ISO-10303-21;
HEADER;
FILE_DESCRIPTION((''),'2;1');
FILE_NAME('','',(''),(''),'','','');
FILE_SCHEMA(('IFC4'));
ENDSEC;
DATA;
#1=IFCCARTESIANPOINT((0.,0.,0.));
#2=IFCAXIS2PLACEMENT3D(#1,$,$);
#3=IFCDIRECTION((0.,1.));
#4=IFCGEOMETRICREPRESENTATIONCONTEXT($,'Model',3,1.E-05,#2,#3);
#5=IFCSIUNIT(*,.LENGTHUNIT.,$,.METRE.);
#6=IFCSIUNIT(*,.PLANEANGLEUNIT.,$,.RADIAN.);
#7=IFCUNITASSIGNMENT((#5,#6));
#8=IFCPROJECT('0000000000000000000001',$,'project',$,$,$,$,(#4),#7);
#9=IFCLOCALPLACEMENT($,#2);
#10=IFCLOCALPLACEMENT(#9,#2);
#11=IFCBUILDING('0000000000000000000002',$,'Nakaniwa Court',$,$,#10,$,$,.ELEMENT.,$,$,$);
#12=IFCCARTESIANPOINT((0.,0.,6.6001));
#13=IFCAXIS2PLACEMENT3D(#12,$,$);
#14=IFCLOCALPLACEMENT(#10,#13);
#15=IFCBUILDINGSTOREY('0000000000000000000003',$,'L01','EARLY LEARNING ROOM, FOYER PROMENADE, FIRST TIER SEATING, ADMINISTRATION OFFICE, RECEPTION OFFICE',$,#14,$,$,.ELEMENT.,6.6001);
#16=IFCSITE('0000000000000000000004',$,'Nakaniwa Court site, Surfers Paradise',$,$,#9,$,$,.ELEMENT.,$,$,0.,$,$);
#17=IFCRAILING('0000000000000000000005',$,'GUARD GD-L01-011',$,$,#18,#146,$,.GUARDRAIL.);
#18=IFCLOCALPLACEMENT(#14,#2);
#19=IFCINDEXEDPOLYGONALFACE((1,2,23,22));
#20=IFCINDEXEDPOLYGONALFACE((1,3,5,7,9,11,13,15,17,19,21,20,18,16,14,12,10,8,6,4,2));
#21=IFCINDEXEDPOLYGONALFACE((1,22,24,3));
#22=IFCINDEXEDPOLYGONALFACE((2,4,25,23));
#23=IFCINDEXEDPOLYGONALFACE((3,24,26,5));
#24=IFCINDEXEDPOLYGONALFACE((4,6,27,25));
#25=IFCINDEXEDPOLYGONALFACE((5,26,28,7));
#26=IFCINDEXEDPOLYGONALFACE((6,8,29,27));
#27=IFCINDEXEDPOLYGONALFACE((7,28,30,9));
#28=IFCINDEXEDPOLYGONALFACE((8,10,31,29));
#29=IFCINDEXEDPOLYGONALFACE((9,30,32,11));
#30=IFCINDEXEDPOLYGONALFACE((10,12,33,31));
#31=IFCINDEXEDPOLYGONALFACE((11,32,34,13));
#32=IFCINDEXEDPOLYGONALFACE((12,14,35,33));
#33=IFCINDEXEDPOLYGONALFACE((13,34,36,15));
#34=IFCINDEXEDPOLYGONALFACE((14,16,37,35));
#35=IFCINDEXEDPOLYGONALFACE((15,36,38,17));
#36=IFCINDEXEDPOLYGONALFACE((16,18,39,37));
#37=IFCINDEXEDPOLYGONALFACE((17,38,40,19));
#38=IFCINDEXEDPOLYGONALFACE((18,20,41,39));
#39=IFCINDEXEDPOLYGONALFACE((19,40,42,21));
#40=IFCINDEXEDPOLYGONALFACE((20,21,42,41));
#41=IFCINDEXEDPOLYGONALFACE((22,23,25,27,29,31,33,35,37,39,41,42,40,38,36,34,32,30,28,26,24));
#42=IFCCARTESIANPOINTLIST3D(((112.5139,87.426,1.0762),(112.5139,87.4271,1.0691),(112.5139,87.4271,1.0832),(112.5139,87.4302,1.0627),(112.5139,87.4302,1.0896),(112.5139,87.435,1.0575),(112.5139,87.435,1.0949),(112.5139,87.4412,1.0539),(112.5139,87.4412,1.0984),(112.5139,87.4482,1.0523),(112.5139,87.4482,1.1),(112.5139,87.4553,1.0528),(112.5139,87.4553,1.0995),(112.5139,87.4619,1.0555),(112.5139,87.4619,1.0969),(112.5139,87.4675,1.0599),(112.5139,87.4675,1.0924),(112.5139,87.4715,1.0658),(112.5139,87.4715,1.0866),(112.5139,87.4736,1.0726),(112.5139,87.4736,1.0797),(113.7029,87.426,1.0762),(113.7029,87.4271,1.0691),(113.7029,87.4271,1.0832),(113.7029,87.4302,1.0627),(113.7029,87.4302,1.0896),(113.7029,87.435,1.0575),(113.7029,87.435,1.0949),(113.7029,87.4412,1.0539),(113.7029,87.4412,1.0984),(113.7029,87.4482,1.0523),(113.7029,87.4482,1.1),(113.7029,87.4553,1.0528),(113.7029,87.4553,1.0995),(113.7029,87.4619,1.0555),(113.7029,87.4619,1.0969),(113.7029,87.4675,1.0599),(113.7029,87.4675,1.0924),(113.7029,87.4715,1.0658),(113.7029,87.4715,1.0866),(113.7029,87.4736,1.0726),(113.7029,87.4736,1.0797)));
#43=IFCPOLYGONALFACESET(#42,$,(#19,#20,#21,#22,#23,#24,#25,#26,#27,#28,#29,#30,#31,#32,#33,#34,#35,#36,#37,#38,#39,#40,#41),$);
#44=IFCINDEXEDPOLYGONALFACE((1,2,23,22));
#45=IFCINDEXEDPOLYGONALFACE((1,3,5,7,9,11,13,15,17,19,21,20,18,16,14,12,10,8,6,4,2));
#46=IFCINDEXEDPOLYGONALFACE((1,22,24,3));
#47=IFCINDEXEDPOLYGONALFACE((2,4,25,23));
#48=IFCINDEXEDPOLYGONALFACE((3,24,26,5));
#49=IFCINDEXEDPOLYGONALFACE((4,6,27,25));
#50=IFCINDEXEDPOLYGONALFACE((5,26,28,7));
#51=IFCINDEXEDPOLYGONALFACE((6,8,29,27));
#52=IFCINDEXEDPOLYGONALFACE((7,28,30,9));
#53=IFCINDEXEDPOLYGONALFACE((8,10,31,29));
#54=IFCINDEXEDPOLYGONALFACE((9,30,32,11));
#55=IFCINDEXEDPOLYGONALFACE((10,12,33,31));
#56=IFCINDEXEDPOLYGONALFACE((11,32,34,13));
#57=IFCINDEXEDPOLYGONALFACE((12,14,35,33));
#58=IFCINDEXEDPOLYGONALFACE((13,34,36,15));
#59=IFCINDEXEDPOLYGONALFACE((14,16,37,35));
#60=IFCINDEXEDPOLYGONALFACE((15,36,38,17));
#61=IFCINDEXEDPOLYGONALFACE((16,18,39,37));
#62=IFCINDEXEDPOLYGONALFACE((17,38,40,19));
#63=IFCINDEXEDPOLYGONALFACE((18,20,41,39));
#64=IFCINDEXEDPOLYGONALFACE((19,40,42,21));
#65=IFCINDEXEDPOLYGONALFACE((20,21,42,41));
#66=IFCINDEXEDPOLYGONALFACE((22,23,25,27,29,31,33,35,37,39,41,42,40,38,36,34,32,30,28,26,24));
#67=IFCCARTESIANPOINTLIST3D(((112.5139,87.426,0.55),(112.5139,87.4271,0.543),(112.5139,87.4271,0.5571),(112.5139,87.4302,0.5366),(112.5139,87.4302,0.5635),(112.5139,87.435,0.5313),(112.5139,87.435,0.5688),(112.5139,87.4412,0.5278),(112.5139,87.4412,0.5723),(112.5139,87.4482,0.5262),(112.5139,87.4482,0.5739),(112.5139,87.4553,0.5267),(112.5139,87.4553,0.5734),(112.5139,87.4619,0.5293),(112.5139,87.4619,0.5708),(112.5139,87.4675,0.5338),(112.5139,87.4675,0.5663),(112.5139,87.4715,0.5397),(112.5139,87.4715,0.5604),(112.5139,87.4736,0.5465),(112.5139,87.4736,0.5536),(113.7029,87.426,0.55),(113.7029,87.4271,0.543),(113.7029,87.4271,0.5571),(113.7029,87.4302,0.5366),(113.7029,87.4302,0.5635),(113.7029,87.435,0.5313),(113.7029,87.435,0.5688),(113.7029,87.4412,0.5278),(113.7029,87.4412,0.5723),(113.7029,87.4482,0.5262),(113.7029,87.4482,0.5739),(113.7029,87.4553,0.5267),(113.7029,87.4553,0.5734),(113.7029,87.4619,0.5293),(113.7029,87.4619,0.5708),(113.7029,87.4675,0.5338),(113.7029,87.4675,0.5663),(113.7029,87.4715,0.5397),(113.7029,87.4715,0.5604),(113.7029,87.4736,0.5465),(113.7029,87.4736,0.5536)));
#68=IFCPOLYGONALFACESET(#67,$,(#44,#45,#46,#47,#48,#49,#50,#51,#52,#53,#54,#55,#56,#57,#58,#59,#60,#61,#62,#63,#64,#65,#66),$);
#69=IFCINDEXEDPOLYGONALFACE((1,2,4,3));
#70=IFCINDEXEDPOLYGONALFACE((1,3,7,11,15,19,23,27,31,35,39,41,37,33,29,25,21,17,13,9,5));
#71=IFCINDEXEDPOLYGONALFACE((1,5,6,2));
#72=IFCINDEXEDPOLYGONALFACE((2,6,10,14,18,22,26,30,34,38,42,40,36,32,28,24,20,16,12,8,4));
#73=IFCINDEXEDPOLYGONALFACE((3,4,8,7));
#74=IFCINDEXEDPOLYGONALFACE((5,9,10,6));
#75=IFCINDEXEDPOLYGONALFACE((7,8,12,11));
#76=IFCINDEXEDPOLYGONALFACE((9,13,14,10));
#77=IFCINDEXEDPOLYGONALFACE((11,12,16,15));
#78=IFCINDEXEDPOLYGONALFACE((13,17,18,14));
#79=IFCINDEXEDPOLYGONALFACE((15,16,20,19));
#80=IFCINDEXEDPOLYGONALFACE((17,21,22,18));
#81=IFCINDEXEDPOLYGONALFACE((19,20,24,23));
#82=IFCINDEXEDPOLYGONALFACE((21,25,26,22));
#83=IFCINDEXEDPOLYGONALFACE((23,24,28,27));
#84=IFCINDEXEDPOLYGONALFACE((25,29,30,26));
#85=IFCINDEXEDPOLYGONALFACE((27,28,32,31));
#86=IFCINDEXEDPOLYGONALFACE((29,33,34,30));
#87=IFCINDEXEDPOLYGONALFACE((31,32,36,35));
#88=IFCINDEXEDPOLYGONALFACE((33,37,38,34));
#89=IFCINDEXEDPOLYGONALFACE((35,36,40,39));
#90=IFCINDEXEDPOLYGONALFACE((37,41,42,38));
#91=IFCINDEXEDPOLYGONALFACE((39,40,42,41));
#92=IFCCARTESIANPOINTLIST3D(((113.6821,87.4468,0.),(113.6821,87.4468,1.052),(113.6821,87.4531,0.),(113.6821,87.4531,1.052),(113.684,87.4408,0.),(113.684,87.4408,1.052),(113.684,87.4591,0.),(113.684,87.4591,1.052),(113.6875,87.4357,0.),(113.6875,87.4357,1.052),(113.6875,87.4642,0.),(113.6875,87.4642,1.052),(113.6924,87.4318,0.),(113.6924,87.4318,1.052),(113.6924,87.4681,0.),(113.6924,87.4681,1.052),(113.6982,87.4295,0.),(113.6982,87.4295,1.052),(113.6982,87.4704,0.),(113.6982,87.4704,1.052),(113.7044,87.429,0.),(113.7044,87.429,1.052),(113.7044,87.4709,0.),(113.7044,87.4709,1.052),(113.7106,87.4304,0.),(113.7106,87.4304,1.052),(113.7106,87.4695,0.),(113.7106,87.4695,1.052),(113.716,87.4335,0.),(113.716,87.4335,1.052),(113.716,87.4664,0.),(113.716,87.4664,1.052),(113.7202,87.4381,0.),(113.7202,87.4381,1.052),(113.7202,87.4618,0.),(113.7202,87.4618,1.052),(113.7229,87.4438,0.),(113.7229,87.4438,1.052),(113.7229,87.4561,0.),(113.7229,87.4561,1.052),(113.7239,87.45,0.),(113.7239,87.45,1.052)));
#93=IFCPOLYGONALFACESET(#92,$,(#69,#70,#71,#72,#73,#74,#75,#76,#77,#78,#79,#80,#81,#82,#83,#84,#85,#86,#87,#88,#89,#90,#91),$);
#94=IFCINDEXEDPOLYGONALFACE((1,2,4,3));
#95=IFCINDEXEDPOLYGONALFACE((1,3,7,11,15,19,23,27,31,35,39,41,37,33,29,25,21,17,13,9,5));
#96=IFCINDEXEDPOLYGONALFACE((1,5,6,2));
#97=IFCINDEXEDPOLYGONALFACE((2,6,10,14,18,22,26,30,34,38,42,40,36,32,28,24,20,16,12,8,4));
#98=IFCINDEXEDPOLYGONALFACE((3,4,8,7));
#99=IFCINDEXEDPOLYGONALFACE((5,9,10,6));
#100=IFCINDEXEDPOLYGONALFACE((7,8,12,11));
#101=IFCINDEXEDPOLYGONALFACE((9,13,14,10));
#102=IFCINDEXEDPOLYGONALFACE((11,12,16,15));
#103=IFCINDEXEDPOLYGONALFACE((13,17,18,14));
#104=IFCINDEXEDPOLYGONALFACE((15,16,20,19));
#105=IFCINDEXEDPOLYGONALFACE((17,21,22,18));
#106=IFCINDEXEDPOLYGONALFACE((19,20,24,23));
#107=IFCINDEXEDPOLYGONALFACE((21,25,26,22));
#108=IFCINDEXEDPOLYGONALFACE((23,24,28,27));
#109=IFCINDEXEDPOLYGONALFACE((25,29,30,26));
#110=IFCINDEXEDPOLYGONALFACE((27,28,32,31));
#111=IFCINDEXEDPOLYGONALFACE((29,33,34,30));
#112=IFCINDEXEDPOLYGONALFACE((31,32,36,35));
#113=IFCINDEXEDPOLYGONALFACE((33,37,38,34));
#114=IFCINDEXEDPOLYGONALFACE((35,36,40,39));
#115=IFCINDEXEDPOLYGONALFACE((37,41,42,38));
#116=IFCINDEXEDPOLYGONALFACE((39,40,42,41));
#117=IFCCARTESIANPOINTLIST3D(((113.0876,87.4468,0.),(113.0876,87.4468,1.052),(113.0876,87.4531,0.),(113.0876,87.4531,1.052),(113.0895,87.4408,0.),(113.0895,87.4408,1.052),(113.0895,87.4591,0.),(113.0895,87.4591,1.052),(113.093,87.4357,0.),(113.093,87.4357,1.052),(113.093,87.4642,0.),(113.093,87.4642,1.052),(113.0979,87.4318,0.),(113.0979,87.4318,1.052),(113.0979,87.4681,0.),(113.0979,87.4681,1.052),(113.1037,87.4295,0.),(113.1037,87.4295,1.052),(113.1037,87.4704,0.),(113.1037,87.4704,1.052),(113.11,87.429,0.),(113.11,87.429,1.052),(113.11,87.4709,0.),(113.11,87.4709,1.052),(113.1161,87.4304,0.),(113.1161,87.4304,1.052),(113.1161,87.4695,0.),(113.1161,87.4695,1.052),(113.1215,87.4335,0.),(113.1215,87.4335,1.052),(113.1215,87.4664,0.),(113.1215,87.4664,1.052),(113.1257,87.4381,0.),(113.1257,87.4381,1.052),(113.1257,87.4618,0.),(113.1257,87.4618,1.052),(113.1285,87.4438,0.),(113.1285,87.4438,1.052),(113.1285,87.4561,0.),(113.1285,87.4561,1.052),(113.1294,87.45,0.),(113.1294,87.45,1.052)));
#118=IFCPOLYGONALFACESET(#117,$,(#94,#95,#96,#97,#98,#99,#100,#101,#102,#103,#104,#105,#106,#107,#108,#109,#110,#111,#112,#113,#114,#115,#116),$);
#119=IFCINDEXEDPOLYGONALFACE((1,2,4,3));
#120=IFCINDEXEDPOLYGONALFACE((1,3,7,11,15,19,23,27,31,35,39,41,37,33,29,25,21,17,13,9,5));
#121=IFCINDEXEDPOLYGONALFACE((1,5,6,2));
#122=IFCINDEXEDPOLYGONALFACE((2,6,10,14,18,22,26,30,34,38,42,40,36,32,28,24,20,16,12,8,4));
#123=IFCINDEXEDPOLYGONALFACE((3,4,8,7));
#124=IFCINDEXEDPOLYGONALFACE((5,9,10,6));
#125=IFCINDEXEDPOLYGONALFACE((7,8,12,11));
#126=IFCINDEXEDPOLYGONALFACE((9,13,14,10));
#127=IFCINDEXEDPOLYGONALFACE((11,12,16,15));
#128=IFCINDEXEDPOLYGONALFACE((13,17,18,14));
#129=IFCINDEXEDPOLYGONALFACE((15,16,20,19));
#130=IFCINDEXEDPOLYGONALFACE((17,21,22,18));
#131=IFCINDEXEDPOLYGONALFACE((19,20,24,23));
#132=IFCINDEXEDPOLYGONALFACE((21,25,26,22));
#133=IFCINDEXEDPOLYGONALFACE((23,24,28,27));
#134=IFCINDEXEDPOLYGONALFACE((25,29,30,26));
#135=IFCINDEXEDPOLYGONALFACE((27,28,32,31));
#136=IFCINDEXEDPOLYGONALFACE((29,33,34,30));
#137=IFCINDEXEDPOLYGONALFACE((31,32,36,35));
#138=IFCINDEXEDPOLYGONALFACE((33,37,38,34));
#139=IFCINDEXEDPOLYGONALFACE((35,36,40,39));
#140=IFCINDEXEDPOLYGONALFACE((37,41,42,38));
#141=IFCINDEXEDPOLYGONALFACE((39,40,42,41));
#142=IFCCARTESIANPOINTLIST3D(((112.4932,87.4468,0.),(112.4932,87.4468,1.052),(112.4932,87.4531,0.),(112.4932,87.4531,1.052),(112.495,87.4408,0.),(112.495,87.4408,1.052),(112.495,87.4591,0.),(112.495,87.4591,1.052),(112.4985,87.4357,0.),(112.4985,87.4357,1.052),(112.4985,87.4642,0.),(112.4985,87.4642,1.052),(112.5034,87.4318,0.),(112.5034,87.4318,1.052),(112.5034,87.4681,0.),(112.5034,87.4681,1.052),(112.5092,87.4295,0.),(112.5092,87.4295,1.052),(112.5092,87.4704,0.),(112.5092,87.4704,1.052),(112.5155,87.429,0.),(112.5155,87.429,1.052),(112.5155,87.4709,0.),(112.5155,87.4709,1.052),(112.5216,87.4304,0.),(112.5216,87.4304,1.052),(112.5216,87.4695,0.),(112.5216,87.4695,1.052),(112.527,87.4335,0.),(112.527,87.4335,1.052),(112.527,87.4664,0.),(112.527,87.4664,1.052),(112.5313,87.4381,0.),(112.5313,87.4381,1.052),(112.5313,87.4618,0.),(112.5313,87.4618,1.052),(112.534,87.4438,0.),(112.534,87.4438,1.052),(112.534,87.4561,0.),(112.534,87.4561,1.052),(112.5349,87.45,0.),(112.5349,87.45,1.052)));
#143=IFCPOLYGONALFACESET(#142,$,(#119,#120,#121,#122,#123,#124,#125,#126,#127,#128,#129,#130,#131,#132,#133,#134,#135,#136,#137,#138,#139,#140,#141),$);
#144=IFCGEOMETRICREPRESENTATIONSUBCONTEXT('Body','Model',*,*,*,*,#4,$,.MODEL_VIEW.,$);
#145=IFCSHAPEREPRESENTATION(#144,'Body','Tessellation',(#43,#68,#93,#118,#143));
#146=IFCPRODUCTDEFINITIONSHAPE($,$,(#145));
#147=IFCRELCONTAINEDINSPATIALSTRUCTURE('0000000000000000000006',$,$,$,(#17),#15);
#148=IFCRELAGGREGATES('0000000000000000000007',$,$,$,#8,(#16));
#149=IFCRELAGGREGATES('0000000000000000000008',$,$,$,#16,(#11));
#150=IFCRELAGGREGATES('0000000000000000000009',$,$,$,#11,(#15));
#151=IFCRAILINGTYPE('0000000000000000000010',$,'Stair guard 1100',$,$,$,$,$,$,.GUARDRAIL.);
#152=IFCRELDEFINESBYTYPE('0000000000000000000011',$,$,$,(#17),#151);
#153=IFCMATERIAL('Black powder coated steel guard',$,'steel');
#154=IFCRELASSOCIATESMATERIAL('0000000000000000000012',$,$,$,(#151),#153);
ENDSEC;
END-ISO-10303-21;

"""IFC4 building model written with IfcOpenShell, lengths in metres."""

from ifc_helpers import new_model, si_unit, direction, frame, origin, origin_2d, place, context, subcontext, project, spatial, circle, extrude, material, type_object, element, save


model = new_model("IFC4")

# Units and contexts
model_context = context("Model", 3, precision=1e-05, world=origin(), true_north=direction((0.0, 1.0)))
body_context = subcontext(model_context, "Body", "Model", "MODEL_VIEW")
ifc_project = project(units=[si_unit("LENGTHUNIT", "METRE"), si_unit("PLANEANGLEUNIT", "RADIAN")], contexts=[model_context])

# Site, building, storey
site_placement = place(None, origin())
site = spatial("IfcSite", under=ifc_project, at=site_placement, Name="Nakaniwa Court site, Surfers Paradise", CompositionType="ELEMENT", RefElevation=0.0)
building_placement = place(site_placement, origin())
building = spatial("IfcBuilding", under=site, at=building_placement, Name="Nakaniwa Court", CompositionType="ELEMENT")
storey_placement = place(building_placement, frame((0.0, 0.0, 6.6001)))
storey = spatial("IfcBuildingStorey", under=building, at=storey_placement, Name="L01", Description="EARLY LEARNING ROOM, FOYER PROMENADE, FIRST TIER SEATING, ADMINISTRATION OFFICE, RECEPTION OFFICE", CompositionType="ELEMENT", Elevation=6.6001)

# Railing
ifc_material_1 = material(Name="Black powder coated steel guard", Category="steel")
railing_type = type_object("IfcRailingType", Name="Stair guard 1100", PredefinedType="GUARDRAIL", material=ifc_material_1)
railing_1_placement = place(storey_placement, frame((113.7029, 87.45, 0.0)))
element("IfcRailing", 1, at=railing_1_placement, inside=storey, type_object=railing_type, Name="GUARD GD-L01-011", PredefinedType="GUARDRAIL", context=body_context, shape_type="SweptSolid", body=[
    extrude(circle(Radius=0.0239, at=origin_2d()), frame((0.0, 0.0, 1.0762), z_axis=(-1.0, 0.0, 0.0), x_axis=(0.0, -1.0, 0.0)), (0.0, 0.0, 1.0), 1.189),
    extrude(circle(Radius=0.0239, at=origin_2d()), frame((0.0, 0.0, 0.55), z_axis=(-1.0, 0.0, 0.0), x_axis=(0.0, -1.0, 0.0)), (0.0, 0.0, 1.0), 1.189),
    extrude(circle(Radius=0.021, at=origin_2d()), origin(), (0.0, 0.0, 1.0), 1.052),
    extrude(circle(Radius=0.021, at=origin_2d()), frame((-0.5945, 0.0, 0.0)), (0.0, 0.0, 1.0), 1.052),
    extrude(circle(Radius=0.021, at=origin_2d()), frame((-1.189, 0.0, 0.0)), (0.0, 0.0, 1.0), 1.052),
])

save(model, "model.ifc")
